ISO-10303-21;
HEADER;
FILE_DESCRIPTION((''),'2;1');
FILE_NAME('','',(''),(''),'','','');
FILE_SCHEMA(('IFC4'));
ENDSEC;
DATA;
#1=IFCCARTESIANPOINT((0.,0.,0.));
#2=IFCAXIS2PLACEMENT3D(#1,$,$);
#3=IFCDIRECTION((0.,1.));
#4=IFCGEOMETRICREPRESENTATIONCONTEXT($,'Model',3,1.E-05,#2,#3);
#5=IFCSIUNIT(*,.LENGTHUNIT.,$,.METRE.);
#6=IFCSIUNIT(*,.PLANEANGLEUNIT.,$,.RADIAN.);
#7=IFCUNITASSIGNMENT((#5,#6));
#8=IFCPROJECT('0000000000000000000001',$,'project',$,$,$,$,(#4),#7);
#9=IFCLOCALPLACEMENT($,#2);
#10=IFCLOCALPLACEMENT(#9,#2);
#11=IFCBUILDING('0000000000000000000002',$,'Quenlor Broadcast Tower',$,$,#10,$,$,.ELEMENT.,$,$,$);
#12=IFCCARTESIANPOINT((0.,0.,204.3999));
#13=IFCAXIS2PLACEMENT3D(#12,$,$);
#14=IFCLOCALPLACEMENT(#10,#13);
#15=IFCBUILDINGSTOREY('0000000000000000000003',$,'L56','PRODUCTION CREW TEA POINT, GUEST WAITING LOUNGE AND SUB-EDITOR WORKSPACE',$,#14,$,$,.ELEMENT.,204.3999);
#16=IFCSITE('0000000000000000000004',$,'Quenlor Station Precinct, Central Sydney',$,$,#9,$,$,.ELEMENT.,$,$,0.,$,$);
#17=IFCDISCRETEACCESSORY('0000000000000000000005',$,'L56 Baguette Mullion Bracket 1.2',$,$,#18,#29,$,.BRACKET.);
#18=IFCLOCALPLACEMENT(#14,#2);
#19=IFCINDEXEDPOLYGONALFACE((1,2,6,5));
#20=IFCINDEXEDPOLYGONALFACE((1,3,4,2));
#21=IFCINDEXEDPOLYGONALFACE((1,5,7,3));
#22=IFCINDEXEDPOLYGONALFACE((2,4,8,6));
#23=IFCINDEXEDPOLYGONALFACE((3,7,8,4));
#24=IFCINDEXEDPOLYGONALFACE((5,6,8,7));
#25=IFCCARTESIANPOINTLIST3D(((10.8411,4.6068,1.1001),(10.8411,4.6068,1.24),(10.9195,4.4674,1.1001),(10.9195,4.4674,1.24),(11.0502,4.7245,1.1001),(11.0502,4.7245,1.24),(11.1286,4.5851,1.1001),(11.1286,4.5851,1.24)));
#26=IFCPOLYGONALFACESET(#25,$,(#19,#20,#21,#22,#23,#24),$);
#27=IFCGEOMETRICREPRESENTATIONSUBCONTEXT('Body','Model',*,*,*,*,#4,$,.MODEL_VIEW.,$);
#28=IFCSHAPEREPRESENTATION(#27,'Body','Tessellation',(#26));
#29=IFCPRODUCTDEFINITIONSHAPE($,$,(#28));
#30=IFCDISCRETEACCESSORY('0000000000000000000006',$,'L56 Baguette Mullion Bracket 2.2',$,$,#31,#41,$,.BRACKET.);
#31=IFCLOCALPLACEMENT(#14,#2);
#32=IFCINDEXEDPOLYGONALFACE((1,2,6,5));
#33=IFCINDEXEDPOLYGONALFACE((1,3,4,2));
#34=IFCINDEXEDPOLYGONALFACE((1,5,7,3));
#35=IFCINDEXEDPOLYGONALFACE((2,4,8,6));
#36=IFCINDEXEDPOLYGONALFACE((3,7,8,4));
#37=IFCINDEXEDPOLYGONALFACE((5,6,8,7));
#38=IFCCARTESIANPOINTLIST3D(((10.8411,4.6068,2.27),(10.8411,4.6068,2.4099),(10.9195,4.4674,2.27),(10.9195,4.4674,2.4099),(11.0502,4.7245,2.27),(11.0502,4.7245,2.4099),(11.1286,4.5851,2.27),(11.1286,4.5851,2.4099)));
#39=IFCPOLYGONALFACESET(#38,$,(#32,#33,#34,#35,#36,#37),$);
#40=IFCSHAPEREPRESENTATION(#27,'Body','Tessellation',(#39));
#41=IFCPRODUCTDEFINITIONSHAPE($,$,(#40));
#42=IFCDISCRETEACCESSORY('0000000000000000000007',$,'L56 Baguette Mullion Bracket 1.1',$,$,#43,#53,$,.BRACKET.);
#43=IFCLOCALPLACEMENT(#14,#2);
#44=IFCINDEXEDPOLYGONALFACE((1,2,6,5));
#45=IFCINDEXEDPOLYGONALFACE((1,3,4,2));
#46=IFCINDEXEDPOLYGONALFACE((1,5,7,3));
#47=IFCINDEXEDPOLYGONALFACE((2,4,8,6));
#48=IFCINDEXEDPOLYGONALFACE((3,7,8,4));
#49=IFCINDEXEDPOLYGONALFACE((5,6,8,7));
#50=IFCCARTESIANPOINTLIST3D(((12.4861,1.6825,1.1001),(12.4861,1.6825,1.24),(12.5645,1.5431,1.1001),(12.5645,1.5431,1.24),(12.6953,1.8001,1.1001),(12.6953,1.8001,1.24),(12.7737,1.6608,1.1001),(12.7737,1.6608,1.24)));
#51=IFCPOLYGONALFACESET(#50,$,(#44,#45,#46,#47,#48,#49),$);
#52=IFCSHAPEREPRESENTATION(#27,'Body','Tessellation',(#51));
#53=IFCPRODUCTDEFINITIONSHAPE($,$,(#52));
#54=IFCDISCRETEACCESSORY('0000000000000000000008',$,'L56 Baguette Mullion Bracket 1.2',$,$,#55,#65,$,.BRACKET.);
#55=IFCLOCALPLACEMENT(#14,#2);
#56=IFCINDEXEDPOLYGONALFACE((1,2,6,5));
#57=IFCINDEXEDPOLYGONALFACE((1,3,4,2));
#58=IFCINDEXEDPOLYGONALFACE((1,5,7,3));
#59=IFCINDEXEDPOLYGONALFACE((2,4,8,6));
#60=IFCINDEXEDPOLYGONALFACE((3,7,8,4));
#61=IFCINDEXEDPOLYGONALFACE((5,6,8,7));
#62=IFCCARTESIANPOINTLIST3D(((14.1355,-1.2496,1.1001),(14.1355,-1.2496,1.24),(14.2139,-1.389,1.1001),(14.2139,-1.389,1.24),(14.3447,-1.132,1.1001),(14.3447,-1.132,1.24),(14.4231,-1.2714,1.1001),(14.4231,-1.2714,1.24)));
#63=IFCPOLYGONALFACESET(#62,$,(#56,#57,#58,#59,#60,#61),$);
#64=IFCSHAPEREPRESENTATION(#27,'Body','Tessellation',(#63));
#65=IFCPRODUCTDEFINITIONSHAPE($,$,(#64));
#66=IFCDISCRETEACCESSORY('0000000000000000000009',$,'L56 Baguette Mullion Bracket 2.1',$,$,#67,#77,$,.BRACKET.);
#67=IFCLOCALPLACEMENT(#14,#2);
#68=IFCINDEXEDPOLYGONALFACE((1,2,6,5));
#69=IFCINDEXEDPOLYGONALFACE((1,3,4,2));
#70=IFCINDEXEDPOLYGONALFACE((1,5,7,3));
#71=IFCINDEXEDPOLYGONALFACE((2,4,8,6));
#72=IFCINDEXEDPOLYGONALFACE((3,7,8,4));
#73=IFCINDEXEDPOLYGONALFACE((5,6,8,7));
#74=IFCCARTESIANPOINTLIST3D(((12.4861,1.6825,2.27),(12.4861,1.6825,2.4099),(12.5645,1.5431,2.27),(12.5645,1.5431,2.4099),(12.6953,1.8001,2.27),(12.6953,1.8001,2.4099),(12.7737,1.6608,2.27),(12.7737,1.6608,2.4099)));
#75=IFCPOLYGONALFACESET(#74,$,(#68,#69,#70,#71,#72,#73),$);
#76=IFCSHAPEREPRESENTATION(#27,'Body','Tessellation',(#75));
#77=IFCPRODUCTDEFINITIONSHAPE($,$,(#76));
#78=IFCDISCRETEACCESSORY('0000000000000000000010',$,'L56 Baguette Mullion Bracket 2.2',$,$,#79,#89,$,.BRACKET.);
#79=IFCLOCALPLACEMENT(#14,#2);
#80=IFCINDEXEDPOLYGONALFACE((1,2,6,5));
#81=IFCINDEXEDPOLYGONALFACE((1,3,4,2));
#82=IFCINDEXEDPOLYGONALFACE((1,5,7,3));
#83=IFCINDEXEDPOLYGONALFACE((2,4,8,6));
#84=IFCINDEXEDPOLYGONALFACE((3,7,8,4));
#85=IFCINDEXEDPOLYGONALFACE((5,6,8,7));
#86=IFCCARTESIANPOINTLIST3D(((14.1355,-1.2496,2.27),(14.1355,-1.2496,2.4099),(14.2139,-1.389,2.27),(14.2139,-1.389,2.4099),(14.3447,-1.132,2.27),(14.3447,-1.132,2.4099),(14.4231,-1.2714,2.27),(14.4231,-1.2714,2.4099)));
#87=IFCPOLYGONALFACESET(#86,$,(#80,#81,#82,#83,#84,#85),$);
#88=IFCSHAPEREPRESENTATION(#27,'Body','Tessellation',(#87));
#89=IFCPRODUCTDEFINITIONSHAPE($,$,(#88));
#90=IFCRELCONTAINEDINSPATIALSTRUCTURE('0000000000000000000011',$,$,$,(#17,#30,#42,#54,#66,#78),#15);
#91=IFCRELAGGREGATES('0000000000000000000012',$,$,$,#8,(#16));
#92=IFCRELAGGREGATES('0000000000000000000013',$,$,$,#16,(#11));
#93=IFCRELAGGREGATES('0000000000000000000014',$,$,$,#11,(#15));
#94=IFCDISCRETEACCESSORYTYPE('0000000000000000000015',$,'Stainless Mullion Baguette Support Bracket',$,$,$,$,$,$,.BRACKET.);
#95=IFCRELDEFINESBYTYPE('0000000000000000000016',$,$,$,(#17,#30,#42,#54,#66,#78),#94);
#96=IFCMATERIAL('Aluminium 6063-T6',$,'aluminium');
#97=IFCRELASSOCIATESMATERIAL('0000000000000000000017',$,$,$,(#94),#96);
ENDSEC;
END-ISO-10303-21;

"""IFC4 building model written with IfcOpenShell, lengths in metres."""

from ifc_helpers import new_model, si_unit, direction, frame, origin, origin_2d, place, context, subcontext, project, spatial, rectangle, extrude, material, type_object, element, save


model = new_model("IFC4")

# Units and contexts
model_context = context("Model", 3, precision=1e-05, world=origin(), true_north=direction((0.0, 1.0)))
body_context = subcontext(model_context, "Body", "Model", "MODEL_VIEW")
ifc_project = project(units=[si_unit("LENGTHUNIT", "METRE"), si_unit("PLANEANGLEUNIT", "RADIAN")], contexts=[model_context])

# Site, building, storey
site_placement = place(None, origin())
site = spatial("IfcSite", under=ifc_project, at=site_placement, Name="Quenlor Station Precinct, Central Sydney", CompositionType="ELEMENT", RefElevation=0.0)
building_placement = place(site_placement, origin())
building = spatial("IfcBuilding", under=site, at=building_placement, Name="Quenlor Broadcast Tower", CompositionType="ELEMENT")
storey_placement = place(building_placement, frame((0.0, 0.0, 204.3999)))
storey = spatial("IfcBuildingStorey", under=building, at=storey_placement, Name="L56", Description="PRODUCTION CREW TEA POINT, GUEST WAITING LOUNGE AND SUB-EDITOR WORKSPACE", CompositionType="ELEMENT", Elevation=204.3999)

# Discrete accessories
ifc_material_1 = material(Name="Aluminium 6063-T6", Category="aluminium")
discrete_accessory_type = type_object("IfcDiscreteAccessoryType", Name="Stainless Mullion Baguette Support Bracket", PredefinedType="BRACKET", material=ifc_material_1)
for number, where, z_axis, x_axis, name in (
    (1, (10.9849, 4.5959, 1.1001), (0.0, 0.0, 1.0), (0.490257, -0.871578, 0.0), "L56 Baguette Mullion Bracket 1.2"),
    (2, (10.9849, 4.5959, 2.27), (0.0, 0.0, 1.0), (0.490257, -0.871578, 0.0), "L56 Baguette Mullion Bracket 2.2"),
    (3, (12.6299, 1.6716, 1.1001), (0.0, 0.0, 1.0), (0.490257, -0.871578, 0.0), "L56 Baguette Mullion Bracket 1.1"),
    (4, (14.2793, -1.2605, 1.1001), (0.0, 0.0, 1.0), (0.490257, -0.871578, 0.0), "L56 Baguette Mullion Bracket 1.2"),
    (5, (12.6299, 1.6716, 2.27), (0.0, 0.0, 1.0), (0.490257, -0.871578, 0.0), "L56 Baguette Mullion Bracket 2.1"),
    (6, (14.2793, -1.2605, 2.27), (0.0, 0.0, 1.0), (0.490257, -0.871578, 0.0), "L56 Baguette Mullion Bracket 2.2"),
):
    element("IfcDiscreteAccessory", number, at=place(storey_placement, frame(where, z_axis=z_axis, x_axis=x_axis)), inside=storey, type_object=discrete_accessory_type, Name=name, PredefinedType="BRACKET", context=body_context, shape_type="SweptSolid", body=[
        extrude(rectangle(XDim=0.1599, YDim=0.24, at=origin_2d()), origin(), (0.0, 0.0, 1.0), 0.1399),
    ])

save(model, "model.ifc")
